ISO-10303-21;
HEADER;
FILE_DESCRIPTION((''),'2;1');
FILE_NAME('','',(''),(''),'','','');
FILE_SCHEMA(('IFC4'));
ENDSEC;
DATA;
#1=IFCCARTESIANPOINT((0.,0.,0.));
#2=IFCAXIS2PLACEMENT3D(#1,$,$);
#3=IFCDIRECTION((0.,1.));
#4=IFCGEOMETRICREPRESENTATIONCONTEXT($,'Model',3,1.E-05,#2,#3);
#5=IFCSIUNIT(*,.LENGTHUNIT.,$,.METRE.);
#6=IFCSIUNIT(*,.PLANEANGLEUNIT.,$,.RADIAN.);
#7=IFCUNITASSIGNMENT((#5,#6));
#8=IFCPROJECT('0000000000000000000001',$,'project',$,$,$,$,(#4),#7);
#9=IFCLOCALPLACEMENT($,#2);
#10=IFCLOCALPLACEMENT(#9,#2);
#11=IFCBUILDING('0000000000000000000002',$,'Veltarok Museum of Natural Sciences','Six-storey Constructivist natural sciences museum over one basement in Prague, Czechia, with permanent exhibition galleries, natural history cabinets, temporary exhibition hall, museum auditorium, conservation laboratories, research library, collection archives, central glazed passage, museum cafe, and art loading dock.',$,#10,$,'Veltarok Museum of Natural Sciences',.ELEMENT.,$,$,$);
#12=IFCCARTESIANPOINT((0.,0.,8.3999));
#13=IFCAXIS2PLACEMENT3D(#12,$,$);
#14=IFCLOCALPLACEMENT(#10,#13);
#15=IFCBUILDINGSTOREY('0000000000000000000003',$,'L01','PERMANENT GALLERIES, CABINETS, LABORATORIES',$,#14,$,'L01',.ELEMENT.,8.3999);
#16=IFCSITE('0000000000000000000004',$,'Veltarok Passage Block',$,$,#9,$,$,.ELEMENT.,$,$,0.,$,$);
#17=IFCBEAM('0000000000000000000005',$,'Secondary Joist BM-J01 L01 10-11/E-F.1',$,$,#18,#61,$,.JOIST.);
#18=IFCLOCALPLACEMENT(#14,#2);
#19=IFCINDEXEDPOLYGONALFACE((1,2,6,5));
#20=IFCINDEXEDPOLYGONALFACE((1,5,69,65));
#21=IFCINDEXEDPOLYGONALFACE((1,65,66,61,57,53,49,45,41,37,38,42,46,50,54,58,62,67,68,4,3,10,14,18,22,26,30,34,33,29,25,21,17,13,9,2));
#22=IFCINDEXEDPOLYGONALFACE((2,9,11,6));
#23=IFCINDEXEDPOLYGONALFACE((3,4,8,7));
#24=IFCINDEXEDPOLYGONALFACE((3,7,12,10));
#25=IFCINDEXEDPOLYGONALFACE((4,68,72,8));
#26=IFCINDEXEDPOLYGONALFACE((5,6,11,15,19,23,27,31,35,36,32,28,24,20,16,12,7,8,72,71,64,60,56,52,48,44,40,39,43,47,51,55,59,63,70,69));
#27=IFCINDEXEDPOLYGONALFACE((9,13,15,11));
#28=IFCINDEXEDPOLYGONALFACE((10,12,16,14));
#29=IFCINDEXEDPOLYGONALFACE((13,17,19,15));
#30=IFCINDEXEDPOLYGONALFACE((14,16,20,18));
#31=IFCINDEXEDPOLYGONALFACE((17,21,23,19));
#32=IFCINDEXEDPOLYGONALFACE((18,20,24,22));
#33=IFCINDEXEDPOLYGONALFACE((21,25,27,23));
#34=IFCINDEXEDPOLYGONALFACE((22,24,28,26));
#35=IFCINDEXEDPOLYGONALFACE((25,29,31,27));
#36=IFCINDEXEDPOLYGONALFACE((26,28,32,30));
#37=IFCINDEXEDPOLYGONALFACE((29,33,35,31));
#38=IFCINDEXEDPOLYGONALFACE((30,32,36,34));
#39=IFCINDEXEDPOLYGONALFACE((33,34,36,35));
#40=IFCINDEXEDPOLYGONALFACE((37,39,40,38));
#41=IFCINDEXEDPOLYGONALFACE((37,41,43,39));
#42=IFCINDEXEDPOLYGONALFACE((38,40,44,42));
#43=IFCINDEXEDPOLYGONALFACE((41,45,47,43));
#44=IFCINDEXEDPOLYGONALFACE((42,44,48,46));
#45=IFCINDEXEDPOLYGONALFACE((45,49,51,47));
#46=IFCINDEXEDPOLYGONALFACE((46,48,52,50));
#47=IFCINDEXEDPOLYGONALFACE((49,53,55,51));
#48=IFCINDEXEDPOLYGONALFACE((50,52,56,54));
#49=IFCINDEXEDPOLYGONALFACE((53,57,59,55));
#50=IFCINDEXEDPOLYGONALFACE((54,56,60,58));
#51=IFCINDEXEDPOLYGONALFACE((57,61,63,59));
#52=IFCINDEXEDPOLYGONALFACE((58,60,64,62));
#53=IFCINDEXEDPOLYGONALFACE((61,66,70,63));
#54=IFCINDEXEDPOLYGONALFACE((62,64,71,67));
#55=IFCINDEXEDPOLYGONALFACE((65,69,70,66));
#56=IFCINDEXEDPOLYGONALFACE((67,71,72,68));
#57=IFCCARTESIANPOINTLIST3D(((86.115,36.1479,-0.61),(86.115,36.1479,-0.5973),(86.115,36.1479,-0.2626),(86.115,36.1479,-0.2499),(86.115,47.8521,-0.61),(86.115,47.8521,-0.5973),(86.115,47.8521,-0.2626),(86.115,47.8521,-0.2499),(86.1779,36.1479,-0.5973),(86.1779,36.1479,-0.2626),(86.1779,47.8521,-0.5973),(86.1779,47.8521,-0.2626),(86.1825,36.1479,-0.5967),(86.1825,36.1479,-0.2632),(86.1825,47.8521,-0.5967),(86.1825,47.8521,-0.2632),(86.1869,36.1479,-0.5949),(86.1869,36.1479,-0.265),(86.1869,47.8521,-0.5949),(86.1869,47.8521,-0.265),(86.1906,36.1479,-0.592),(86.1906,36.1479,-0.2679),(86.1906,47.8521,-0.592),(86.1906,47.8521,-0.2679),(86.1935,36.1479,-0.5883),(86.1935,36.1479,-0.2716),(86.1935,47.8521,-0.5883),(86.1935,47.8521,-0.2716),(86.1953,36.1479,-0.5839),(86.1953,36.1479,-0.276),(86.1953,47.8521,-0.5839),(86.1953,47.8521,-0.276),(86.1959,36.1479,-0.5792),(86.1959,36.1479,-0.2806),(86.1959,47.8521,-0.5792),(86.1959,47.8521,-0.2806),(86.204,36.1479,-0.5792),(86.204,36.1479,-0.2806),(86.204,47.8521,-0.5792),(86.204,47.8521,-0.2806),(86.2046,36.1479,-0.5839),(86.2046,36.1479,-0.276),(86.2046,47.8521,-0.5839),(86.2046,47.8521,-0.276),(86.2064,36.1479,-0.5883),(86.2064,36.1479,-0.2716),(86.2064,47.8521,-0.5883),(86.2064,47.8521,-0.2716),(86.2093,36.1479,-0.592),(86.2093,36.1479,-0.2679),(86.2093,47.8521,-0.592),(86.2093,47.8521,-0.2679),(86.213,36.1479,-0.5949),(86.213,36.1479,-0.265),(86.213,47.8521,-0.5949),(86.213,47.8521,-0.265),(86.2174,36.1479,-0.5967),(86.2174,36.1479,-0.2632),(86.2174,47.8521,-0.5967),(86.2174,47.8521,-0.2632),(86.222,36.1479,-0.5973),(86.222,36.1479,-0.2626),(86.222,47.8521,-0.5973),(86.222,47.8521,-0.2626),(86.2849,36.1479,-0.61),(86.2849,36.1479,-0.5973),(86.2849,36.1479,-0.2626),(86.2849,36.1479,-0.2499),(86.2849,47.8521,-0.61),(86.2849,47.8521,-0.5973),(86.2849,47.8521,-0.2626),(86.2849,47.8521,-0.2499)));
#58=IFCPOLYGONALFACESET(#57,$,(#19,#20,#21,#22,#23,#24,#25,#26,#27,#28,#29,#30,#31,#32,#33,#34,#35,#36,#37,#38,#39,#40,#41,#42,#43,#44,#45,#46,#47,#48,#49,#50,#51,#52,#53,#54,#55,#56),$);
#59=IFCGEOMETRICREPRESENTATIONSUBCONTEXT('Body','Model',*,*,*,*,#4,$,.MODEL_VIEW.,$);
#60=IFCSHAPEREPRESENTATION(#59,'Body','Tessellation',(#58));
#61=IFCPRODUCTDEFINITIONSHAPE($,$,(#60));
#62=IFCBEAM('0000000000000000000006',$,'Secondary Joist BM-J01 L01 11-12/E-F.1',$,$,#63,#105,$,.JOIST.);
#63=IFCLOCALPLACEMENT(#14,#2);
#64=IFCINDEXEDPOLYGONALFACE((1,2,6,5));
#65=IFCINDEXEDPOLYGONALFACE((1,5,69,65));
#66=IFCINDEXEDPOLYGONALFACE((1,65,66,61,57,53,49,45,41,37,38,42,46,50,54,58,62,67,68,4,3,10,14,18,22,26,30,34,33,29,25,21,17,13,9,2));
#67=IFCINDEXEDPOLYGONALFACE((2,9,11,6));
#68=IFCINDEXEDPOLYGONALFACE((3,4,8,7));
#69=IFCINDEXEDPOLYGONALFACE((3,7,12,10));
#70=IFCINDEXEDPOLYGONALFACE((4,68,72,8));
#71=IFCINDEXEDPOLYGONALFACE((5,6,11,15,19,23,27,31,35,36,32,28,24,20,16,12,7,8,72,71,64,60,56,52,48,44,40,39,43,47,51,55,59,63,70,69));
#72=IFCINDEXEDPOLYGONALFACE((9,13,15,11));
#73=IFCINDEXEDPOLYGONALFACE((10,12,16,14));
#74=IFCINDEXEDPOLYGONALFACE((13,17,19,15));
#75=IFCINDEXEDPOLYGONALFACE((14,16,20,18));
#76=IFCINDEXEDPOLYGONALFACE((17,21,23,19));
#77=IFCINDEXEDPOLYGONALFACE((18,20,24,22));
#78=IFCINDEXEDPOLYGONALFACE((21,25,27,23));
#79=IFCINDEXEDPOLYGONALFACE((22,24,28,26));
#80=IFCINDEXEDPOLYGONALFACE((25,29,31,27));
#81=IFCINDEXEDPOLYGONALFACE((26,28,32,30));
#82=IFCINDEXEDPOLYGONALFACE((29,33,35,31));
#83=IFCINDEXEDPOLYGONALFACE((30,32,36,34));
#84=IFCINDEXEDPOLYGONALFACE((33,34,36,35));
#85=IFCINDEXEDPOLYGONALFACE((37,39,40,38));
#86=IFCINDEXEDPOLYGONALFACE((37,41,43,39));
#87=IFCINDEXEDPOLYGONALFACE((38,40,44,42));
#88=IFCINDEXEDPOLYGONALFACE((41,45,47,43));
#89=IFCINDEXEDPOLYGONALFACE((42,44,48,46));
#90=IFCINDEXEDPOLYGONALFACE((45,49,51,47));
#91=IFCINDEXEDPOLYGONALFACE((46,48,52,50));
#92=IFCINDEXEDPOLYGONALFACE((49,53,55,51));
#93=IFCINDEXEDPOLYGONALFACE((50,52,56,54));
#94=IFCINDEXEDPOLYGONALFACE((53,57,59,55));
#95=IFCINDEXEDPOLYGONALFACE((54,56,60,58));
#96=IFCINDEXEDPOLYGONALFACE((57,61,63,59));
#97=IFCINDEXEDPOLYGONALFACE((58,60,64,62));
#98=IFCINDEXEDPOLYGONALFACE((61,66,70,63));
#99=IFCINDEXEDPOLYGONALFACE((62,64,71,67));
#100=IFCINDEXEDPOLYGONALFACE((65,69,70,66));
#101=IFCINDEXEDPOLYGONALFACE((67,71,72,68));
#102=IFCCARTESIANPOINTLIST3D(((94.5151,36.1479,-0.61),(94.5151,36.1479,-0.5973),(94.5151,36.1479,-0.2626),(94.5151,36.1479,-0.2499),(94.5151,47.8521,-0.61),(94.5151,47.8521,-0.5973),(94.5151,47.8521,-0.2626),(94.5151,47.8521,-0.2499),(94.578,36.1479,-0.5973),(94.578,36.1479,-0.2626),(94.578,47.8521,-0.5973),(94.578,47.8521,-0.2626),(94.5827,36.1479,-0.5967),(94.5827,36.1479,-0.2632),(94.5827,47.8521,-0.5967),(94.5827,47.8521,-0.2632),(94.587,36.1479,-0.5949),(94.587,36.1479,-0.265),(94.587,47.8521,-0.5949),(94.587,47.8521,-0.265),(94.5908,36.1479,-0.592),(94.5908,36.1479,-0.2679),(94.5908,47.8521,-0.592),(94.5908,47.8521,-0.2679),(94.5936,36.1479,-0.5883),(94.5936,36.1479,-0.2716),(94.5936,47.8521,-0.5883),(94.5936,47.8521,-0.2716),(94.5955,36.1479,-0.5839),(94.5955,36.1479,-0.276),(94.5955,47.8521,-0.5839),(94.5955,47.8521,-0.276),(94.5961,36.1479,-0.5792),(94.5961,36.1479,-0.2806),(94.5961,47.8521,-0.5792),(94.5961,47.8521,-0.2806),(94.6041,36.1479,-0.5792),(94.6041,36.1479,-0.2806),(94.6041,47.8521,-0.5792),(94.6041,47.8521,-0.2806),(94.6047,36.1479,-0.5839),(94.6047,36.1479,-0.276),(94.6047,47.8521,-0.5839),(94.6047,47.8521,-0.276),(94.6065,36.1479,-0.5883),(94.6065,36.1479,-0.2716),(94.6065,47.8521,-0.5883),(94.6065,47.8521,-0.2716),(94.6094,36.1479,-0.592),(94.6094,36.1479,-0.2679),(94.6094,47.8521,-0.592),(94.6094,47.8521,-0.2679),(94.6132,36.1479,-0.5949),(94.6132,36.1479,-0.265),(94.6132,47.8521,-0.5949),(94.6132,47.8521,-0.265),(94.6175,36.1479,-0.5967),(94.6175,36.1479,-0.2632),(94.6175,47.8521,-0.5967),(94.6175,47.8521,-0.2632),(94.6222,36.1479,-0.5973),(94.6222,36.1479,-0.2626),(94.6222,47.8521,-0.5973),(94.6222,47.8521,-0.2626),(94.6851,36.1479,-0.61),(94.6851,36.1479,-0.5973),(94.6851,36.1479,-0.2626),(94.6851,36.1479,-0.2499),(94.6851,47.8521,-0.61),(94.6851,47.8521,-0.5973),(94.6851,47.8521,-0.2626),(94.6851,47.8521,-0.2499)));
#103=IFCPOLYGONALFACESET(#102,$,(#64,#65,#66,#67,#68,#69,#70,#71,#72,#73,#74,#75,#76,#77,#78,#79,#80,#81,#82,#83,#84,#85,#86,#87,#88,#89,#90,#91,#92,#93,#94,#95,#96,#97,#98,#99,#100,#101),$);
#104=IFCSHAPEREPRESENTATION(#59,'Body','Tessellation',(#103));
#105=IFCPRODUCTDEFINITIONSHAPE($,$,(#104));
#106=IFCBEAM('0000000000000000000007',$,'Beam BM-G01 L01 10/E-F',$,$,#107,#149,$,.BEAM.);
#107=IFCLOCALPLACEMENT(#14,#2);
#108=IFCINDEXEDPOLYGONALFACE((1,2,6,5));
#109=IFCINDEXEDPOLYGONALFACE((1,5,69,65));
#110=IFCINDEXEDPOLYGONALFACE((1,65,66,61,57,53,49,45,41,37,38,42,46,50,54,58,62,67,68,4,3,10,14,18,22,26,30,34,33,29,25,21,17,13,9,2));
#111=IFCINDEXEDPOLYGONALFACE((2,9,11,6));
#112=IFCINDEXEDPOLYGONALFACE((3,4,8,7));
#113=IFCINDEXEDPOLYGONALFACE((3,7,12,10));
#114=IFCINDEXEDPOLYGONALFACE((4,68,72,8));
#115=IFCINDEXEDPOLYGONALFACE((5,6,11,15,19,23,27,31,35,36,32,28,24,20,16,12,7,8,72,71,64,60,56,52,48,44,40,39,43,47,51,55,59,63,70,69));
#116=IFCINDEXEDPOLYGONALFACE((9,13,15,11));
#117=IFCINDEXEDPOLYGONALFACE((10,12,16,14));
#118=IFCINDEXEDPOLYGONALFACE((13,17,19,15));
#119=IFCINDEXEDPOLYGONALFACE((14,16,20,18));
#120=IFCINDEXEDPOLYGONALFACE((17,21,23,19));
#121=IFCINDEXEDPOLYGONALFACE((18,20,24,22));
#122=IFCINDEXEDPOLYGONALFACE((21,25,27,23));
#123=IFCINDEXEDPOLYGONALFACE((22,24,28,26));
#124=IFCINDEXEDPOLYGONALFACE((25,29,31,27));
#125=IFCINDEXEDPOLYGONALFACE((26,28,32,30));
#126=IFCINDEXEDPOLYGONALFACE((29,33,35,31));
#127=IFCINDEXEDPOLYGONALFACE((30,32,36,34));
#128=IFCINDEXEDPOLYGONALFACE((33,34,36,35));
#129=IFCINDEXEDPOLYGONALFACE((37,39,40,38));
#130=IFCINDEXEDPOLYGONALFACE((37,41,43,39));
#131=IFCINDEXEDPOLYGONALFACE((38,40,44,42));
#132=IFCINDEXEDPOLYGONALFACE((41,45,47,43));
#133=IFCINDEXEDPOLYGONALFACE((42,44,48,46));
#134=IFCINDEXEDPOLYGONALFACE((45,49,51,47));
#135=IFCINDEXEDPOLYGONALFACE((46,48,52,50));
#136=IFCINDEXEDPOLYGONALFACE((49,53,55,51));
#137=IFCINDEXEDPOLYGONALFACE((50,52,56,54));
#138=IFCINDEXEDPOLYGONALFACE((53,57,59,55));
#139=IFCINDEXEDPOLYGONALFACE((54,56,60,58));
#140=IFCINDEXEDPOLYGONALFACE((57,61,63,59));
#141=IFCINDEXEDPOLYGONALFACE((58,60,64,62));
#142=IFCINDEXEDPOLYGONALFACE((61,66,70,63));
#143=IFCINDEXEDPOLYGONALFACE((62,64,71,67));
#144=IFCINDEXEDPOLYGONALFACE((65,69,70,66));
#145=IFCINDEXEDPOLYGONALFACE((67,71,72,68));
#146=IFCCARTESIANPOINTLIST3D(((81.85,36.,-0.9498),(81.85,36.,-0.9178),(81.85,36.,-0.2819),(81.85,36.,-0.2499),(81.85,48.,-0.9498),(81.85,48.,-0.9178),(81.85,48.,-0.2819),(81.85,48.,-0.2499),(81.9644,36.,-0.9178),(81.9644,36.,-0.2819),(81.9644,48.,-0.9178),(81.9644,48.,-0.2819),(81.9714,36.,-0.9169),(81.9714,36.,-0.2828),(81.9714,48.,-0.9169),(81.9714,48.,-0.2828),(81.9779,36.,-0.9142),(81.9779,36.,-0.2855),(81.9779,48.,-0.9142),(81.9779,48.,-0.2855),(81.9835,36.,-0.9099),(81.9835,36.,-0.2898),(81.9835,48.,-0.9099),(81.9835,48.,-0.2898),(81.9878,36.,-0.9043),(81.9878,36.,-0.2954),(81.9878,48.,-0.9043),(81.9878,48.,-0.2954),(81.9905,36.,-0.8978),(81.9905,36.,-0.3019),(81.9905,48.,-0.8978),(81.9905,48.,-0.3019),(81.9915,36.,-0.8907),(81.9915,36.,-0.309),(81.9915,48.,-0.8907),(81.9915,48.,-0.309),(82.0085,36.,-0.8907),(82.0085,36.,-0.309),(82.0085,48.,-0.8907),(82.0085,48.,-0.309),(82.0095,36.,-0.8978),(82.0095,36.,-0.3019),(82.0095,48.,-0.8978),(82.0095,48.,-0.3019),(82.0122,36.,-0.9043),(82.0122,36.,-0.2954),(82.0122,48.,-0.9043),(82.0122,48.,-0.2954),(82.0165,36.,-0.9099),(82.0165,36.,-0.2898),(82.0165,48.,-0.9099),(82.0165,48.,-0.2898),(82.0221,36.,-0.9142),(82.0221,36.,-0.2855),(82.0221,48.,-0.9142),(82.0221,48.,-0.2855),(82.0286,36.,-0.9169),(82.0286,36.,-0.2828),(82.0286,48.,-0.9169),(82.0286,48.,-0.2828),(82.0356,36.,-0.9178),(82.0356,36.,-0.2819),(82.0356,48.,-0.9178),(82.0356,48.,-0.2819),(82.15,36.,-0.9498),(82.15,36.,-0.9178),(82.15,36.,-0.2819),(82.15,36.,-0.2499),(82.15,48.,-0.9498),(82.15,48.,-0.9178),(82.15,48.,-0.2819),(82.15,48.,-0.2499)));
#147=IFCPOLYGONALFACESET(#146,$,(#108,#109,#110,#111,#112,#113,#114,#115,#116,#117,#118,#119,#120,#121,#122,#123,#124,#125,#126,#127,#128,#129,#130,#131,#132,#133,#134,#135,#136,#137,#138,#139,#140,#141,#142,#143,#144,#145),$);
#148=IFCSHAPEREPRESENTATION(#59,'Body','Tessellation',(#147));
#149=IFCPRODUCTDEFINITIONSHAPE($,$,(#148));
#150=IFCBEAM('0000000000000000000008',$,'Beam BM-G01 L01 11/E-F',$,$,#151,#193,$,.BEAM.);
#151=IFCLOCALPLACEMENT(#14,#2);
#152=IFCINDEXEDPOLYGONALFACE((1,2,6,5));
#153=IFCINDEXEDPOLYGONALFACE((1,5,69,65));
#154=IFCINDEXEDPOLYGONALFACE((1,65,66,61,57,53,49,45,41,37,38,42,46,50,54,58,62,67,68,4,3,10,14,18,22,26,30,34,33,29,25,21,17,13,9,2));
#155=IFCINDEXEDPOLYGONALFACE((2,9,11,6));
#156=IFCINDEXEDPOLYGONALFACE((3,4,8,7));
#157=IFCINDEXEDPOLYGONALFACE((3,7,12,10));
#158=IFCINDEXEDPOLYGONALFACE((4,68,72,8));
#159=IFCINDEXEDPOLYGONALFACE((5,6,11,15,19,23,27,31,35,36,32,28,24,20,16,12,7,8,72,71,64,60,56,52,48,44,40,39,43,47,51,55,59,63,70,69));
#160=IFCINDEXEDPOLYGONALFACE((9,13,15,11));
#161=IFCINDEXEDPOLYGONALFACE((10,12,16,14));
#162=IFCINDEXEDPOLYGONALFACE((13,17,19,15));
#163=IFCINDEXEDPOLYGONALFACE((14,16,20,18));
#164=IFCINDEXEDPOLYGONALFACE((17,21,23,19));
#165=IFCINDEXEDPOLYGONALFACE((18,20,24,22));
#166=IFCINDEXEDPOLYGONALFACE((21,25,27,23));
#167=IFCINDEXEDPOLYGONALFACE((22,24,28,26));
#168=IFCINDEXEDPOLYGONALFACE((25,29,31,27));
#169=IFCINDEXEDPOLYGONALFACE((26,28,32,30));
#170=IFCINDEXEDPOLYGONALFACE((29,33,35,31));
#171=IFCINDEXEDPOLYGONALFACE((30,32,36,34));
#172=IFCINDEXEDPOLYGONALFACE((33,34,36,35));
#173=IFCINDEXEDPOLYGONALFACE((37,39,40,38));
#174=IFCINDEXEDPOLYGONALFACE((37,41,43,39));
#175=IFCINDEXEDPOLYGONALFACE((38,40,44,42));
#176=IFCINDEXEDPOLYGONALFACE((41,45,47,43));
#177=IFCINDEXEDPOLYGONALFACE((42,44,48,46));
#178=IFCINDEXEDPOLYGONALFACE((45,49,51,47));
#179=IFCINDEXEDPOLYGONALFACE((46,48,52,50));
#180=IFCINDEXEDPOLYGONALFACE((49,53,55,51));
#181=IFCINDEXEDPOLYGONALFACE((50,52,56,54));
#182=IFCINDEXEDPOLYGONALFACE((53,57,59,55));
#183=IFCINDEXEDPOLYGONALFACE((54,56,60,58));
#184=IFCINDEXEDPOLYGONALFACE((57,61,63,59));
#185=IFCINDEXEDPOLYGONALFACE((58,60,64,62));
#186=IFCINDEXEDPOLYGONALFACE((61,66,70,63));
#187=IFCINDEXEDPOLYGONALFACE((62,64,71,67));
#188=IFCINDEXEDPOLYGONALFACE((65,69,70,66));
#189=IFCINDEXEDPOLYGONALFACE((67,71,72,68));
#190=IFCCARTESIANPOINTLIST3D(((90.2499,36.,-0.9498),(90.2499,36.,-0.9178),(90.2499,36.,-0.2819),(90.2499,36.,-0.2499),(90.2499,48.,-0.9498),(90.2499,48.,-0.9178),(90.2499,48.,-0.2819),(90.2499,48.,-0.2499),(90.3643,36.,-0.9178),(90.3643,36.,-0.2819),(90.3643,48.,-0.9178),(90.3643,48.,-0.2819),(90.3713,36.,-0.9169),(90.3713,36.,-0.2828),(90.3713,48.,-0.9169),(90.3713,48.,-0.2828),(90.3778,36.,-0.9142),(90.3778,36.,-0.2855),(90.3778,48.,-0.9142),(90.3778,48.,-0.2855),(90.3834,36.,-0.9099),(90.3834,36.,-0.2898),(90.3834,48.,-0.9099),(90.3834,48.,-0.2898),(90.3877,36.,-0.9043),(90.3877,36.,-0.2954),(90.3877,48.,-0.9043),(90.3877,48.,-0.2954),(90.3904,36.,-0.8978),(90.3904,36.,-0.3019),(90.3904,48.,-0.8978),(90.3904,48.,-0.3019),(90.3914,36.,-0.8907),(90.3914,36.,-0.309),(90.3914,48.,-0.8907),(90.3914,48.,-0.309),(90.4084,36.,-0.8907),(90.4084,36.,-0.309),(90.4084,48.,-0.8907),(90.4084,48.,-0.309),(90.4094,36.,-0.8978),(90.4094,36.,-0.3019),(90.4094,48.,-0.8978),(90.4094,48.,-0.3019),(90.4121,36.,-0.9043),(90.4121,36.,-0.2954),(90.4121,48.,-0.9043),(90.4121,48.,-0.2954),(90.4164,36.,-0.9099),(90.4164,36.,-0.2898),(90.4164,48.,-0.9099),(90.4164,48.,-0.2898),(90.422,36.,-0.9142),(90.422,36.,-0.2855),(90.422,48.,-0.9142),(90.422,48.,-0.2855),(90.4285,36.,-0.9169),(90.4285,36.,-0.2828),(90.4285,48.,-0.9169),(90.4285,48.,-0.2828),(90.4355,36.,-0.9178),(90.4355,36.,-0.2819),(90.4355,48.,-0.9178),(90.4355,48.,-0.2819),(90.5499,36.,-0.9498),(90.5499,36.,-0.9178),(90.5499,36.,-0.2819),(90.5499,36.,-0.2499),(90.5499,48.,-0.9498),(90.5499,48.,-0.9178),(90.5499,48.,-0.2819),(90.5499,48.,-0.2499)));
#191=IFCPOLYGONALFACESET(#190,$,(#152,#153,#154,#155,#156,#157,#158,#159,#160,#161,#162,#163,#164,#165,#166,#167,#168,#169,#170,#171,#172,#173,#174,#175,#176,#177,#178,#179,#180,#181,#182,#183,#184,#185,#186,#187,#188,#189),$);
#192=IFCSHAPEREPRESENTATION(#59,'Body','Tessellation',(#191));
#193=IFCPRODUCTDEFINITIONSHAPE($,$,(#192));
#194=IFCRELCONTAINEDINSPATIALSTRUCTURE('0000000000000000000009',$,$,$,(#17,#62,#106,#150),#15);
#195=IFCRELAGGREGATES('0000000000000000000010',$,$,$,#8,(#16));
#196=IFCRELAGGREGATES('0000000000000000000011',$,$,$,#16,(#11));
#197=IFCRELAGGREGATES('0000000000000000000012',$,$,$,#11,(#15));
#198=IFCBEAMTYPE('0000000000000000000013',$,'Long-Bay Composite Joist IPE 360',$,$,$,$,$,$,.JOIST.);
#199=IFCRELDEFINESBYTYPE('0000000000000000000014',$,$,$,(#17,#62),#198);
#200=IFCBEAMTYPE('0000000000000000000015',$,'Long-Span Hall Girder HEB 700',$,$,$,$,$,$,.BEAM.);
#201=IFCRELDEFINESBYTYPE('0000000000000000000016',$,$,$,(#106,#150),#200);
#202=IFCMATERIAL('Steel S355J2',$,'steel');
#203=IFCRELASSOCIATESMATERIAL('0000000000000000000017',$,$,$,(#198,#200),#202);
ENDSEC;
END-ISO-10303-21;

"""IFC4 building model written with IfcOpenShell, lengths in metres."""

from ifc_helpers import new_model, si_unit, direction, frame, origin, origin_2d, place, context, subcontext, project, spatial, i_section, extrude, material, material_profile, profile_set, type_object, element, save


model = new_model("IFC4")

# Units and contexts
model_context = context("Model", 3, precision=1e-05, world=origin(), true_north=direction((0.0, 1.0)))
body_context = subcontext(model_context, "Body", "Model", "MODEL_VIEW")
ifc_project = project(units=[si_unit("LENGTHUNIT", "METRE"), si_unit("PLANEANGLEUNIT", "RADIAN")], contexts=[model_context])

# Site, building, storey
site_placement = place(None, origin())
site = spatial("IfcSite", under=ifc_project, at=site_placement, Name="Veltarok Passage Block", CompositionType="ELEMENT", RefElevation=0.0)
building_placement = place(site_placement, origin())
building = spatial("IfcBuilding", under=site, at=building_placement, Name="Veltarok Museum of Natural Sciences", Description="Six-storey Constructivist natural sciences museum over one basement in Prague, Czechia, with permanent exhibition galleries, natural history cabinets, temporary exhibition hall, museum auditorium, conservation laboratories, research library, collection archives, central glazed passage, museum cafe, and art loading dock.", LongName="Veltarok Museum of Natural Sciences", CompositionType="ELEMENT")
storey_placement = place(building_placement, frame((0.0, 0.0, 8.3999)))
storey = spatial("IfcBuildingStorey", under=building, at=storey_placement, Name="L01", Description="PERMANENT GALLERIES, CABINETS, LABORATORIES", LongName="L01", CompositionType="ELEMENT", Elevation=8.3999)

# Shared definitions
ifc_material_1 = material(Name="Steel S355J2", Category="steel")

# Beams
ifc_material_profile_1 = material_profile(ifc_material_1, i_section(OverallWidth=0.1699, OverallDepth=0.3601, WebThickness=0.0081, FlangeThickness=0.0127, FilletRadius=0.0181, at=origin_2d()), Name="IPE 360")
ifc_profile_set_1 = profile_set([ifc_material_profile_1], Name="Steel S355J2")
beam_type_1 = type_object("IfcBeamType", Name="Long-Bay Composite Joist IPE 360", PredefinedType="JOIST", material=ifc_profile_set_1)
for number, where, z_axis, x_axis, name in (
    (1, (86.2, 36.1479, -0.4299), (0.0, 1.0, 0.0), (-1.0, 0.0, 0.0), "Secondary Joist BM-J01 L01 10-11/E-F.1"),
    (2, (94.6001, 36.1479, -0.4299), (0.0, 1.0, 0.0), (-1.0, 0.0, 0.0), "Secondary Joist BM-J01 L01 11-12/E-F.1"),
):
    element("IfcBeam", number, at=place(storey_placement, frame(where, z_axis=z_axis, x_axis=x_axis)), inside=storey, type_object=beam_type_1, Name=name, PredefinedType="JOIST", context=body_context, shape_type="SweptSolid", body=[
        extrude(i_section(OverallWidth=0.1699, OverallDepth=0.3601, WebThickness=0.0081, FlangeThickness=0.0127, FilletRadius=0.0181, at=origin_2d()), origin(), (0.0, 0.0, 1.0), 11.7041),
    ])
ifc_material_profile_2 = material_profile(ifc_material_1, i_section(OverallWidth=0.3, OverallDepth=0.7, WebThickness=0.0171, FlangeThickness=0.032, FilletRadius=0.0271, at=origin_2d()), Name="HEB 700")
ifc_profile_set_2 = profile_set([ifc_material_profile_2], Name="Steel S355J2")
beam_type_2 = type_object("IfcBeamType", Name="Long-Span Hall Girder HEB 700", PredefinedType="BEAM", material=ifc_profile_set_2)
for number, where, z_axis, x_axis, name in (
    (3, (82.0, 36.0, -0.5999), (0.0, 1.0, 0.0), (-1.0, 0.0, 0.0), "Beam BM-G01 L01 10/E-F"),
    (4, (90.3999, 36.0, -0.5999), (0.0, 1.0, 0.0), (-1.0, 0.0, 0.0), "Beam BM-G01 L01 11/E-F"),
):
    element("IfcBeam", number, at=place(storey_placement, frame(where, z_axis=z_axis, x_axis=x_axis)), inside=storey, type_object=beam_type_2, Name=name, PredefinedType="BEAM", context=body_context, shape_type="SweptSolid", body=[
        extrude(i_section(OverallWidth=0.3, OverallDepth=0.7, WebThickness=0.0171, FlangeThickness=0.032, FilletRadius=0.0271, at=origin_2d()), origin(), (0.0, 0.0, 1.0), 12.0),
    ])

save(model, "model.ifc")
